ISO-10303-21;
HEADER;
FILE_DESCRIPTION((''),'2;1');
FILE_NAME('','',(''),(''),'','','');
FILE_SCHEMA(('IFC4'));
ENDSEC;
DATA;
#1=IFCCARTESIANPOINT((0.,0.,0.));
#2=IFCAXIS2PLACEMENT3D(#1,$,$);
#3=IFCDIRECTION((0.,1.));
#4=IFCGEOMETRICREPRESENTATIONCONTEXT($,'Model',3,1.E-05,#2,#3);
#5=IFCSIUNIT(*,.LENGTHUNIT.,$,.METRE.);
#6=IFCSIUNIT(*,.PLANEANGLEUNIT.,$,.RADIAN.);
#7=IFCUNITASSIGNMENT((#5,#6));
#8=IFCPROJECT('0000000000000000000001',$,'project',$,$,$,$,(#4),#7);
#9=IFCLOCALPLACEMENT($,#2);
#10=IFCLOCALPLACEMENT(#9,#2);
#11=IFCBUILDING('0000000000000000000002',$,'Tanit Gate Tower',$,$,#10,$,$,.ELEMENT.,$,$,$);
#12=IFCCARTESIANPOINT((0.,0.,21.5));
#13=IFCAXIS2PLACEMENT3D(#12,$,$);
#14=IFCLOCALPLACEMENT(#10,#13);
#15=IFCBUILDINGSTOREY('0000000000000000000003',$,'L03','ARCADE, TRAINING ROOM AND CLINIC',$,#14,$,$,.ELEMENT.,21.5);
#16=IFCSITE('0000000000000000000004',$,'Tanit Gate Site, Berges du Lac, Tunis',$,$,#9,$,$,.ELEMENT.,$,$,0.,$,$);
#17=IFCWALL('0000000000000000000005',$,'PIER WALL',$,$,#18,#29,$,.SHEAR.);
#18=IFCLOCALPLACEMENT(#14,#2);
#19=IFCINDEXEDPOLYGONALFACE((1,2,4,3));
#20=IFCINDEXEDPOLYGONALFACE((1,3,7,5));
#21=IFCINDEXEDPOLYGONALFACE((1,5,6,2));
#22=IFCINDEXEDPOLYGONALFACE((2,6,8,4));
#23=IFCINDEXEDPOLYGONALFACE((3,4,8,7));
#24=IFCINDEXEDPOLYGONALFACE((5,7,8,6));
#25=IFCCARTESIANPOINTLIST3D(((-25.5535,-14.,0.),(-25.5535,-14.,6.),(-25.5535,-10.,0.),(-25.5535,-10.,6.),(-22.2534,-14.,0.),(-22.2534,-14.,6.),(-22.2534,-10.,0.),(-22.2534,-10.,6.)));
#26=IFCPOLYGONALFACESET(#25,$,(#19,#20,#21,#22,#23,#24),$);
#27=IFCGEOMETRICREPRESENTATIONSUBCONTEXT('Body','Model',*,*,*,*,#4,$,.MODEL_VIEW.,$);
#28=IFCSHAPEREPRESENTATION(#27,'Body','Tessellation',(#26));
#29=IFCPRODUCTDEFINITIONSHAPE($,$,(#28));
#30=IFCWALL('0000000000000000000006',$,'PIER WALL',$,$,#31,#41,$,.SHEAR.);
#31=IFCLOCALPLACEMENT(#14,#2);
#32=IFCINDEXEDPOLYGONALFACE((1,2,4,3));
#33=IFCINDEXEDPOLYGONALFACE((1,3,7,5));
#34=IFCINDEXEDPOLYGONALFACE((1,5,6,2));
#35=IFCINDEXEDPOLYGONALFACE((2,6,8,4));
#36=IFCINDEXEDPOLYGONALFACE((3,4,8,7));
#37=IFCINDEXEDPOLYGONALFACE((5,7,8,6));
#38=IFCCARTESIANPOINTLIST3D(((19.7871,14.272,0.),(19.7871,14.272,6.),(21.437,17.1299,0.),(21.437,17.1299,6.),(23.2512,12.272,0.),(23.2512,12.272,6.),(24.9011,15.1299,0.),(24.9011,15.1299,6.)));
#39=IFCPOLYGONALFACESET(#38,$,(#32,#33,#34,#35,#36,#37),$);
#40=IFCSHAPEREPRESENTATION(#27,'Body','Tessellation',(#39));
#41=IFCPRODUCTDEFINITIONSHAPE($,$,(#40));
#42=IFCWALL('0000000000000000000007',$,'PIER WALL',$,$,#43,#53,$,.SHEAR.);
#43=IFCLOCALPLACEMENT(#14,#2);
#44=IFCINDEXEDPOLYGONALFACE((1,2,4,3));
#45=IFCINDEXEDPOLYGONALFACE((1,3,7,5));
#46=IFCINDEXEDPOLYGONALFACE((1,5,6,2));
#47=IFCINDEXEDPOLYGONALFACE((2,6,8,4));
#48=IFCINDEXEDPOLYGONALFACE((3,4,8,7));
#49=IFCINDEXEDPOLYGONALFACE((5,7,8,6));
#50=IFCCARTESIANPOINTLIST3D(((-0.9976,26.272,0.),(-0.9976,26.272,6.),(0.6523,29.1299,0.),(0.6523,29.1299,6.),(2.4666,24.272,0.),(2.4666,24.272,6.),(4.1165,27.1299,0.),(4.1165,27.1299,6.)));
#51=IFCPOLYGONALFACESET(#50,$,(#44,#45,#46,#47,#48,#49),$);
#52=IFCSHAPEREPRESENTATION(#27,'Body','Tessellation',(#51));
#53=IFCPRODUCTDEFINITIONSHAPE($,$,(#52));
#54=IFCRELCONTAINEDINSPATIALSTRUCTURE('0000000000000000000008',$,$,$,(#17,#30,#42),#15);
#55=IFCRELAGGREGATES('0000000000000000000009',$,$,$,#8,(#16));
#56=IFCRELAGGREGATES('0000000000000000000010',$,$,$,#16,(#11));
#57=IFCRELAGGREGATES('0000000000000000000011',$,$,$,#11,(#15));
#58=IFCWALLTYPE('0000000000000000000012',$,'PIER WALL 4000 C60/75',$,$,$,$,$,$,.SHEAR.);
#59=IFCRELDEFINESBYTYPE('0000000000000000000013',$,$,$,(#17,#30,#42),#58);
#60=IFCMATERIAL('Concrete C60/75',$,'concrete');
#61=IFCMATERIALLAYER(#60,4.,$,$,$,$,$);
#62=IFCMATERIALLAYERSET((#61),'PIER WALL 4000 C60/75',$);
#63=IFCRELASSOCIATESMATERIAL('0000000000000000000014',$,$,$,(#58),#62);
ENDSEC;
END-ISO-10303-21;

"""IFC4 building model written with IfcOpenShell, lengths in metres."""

from ifc_helpers import new_model, si_unit, direction, frame, origin, place, context, subcontext, project, spatial, polyline, outline, extrude, material, layer, layer_set, type_object, element, save


model = new_model("IFC4")

# Units and contexts
model_context = context("Model", 3, precision=1e-05, world=origin(), true_north=direction((0.0, 1.0)))
body_context = subcontext(model_context, "Body", "Model", "MODEL_VIEW")
ifc_project = project(units=[si_unit("LENGTHUNIT", "METRE"), si_unit("PLANEANGLEUNIT", "RADIAN")], contexts=[model_context])

# Site, building, storey
site_placement = place(None, origin())
site = spatial("IfcSite", under=ifc_project, at=site_placement, Name="Tanit Gate Site, Berges du Lac, Tunis", CompositionType="ELEMENT", RefElevation=0.0)
building_placement = place(site_placement, origin())
building = spatial("IfcBuilding", under=site, at=building_placement, Name="Tanit Gate Tower", CompositionType="ELEMENT")
storey_placement = place(building_placement, frame((0.0, 0.0, 21.5)))
storey = spatial("IfcBuildingStorey", under=building, at=storey_placement, Name="L03", Description="ARCADE, TRAINING ROOM AND CLINIC", CompositionType="ELEMENT", Elevation=21.5)

# Walls
ifc_material_1 = material(Name="Concrete C60/75", Category="concrete")
ifc_layer_1 = layer(ifc_material_1, 4.0)
ifc_layer_set_1 = layer_set([ifc_layer_1], Name="PIER WALL 4000 C60/75")
wall_type_1 = type_object("IfcWallType", Name="PIER WALL 4000 C60/75", PredefinedType="SHEAR", material=ifc_layer_set_1)
wall_1_placement = place(storey_placement, origin())
element("IfcWall", 1, at=wall_1_placement, inside=storey, type_object=wall_type_1, Name="PIER WALL", PredefinedType="SHEAR", context=body_context, shape_type="SweptSolid", body=[
    extrude(outline(polyline([(-25.5535, -10.0), (-25.5535, -14.0), (-22.2534, -14.0), (-22.2534, -10.0), (-25.5535, -10.0)])), origin(), (0.0, 0.0, 1.0), 6.0),
])
wall_2_placement = place(storey_placement, origin())
element("IfcWall", 2, at=wall_2_placement, inside=storey, type_object=wall_type_1, Name="PIER WALL", PredefinedType="SHEAR", context=body_context, shape_type="SweptSolid", body=[
    extrude(outline(polyline([(24.9011, 15.1299), (21.437, 17.1299), (19.7871, 14.272), (23.2512, 12.272), (24.9011, 15.1299)])), origin(), (0.0, 0.0, 1.0), 6.0),
])
wall_3_placement = place(storey_placement, origin())
element("IfcWall", 3, at=wall_3_placement, inside=storey, type_object=wall_type_1, Name="PIER WALL", PredefinedType="SHEAR", context=body_context, shape_type="SweptSolid", body=[
    extrude(outline(polyline([(4.1165, 27.1299), (0.6523, 29.1299), (-0.9976, 26.272), (2.4666, 24.272), (4.1165, 27.1299)])), origin(), (0.0, 0.0, 1.0), 6.0),
])

save(model, "model.ifc")
